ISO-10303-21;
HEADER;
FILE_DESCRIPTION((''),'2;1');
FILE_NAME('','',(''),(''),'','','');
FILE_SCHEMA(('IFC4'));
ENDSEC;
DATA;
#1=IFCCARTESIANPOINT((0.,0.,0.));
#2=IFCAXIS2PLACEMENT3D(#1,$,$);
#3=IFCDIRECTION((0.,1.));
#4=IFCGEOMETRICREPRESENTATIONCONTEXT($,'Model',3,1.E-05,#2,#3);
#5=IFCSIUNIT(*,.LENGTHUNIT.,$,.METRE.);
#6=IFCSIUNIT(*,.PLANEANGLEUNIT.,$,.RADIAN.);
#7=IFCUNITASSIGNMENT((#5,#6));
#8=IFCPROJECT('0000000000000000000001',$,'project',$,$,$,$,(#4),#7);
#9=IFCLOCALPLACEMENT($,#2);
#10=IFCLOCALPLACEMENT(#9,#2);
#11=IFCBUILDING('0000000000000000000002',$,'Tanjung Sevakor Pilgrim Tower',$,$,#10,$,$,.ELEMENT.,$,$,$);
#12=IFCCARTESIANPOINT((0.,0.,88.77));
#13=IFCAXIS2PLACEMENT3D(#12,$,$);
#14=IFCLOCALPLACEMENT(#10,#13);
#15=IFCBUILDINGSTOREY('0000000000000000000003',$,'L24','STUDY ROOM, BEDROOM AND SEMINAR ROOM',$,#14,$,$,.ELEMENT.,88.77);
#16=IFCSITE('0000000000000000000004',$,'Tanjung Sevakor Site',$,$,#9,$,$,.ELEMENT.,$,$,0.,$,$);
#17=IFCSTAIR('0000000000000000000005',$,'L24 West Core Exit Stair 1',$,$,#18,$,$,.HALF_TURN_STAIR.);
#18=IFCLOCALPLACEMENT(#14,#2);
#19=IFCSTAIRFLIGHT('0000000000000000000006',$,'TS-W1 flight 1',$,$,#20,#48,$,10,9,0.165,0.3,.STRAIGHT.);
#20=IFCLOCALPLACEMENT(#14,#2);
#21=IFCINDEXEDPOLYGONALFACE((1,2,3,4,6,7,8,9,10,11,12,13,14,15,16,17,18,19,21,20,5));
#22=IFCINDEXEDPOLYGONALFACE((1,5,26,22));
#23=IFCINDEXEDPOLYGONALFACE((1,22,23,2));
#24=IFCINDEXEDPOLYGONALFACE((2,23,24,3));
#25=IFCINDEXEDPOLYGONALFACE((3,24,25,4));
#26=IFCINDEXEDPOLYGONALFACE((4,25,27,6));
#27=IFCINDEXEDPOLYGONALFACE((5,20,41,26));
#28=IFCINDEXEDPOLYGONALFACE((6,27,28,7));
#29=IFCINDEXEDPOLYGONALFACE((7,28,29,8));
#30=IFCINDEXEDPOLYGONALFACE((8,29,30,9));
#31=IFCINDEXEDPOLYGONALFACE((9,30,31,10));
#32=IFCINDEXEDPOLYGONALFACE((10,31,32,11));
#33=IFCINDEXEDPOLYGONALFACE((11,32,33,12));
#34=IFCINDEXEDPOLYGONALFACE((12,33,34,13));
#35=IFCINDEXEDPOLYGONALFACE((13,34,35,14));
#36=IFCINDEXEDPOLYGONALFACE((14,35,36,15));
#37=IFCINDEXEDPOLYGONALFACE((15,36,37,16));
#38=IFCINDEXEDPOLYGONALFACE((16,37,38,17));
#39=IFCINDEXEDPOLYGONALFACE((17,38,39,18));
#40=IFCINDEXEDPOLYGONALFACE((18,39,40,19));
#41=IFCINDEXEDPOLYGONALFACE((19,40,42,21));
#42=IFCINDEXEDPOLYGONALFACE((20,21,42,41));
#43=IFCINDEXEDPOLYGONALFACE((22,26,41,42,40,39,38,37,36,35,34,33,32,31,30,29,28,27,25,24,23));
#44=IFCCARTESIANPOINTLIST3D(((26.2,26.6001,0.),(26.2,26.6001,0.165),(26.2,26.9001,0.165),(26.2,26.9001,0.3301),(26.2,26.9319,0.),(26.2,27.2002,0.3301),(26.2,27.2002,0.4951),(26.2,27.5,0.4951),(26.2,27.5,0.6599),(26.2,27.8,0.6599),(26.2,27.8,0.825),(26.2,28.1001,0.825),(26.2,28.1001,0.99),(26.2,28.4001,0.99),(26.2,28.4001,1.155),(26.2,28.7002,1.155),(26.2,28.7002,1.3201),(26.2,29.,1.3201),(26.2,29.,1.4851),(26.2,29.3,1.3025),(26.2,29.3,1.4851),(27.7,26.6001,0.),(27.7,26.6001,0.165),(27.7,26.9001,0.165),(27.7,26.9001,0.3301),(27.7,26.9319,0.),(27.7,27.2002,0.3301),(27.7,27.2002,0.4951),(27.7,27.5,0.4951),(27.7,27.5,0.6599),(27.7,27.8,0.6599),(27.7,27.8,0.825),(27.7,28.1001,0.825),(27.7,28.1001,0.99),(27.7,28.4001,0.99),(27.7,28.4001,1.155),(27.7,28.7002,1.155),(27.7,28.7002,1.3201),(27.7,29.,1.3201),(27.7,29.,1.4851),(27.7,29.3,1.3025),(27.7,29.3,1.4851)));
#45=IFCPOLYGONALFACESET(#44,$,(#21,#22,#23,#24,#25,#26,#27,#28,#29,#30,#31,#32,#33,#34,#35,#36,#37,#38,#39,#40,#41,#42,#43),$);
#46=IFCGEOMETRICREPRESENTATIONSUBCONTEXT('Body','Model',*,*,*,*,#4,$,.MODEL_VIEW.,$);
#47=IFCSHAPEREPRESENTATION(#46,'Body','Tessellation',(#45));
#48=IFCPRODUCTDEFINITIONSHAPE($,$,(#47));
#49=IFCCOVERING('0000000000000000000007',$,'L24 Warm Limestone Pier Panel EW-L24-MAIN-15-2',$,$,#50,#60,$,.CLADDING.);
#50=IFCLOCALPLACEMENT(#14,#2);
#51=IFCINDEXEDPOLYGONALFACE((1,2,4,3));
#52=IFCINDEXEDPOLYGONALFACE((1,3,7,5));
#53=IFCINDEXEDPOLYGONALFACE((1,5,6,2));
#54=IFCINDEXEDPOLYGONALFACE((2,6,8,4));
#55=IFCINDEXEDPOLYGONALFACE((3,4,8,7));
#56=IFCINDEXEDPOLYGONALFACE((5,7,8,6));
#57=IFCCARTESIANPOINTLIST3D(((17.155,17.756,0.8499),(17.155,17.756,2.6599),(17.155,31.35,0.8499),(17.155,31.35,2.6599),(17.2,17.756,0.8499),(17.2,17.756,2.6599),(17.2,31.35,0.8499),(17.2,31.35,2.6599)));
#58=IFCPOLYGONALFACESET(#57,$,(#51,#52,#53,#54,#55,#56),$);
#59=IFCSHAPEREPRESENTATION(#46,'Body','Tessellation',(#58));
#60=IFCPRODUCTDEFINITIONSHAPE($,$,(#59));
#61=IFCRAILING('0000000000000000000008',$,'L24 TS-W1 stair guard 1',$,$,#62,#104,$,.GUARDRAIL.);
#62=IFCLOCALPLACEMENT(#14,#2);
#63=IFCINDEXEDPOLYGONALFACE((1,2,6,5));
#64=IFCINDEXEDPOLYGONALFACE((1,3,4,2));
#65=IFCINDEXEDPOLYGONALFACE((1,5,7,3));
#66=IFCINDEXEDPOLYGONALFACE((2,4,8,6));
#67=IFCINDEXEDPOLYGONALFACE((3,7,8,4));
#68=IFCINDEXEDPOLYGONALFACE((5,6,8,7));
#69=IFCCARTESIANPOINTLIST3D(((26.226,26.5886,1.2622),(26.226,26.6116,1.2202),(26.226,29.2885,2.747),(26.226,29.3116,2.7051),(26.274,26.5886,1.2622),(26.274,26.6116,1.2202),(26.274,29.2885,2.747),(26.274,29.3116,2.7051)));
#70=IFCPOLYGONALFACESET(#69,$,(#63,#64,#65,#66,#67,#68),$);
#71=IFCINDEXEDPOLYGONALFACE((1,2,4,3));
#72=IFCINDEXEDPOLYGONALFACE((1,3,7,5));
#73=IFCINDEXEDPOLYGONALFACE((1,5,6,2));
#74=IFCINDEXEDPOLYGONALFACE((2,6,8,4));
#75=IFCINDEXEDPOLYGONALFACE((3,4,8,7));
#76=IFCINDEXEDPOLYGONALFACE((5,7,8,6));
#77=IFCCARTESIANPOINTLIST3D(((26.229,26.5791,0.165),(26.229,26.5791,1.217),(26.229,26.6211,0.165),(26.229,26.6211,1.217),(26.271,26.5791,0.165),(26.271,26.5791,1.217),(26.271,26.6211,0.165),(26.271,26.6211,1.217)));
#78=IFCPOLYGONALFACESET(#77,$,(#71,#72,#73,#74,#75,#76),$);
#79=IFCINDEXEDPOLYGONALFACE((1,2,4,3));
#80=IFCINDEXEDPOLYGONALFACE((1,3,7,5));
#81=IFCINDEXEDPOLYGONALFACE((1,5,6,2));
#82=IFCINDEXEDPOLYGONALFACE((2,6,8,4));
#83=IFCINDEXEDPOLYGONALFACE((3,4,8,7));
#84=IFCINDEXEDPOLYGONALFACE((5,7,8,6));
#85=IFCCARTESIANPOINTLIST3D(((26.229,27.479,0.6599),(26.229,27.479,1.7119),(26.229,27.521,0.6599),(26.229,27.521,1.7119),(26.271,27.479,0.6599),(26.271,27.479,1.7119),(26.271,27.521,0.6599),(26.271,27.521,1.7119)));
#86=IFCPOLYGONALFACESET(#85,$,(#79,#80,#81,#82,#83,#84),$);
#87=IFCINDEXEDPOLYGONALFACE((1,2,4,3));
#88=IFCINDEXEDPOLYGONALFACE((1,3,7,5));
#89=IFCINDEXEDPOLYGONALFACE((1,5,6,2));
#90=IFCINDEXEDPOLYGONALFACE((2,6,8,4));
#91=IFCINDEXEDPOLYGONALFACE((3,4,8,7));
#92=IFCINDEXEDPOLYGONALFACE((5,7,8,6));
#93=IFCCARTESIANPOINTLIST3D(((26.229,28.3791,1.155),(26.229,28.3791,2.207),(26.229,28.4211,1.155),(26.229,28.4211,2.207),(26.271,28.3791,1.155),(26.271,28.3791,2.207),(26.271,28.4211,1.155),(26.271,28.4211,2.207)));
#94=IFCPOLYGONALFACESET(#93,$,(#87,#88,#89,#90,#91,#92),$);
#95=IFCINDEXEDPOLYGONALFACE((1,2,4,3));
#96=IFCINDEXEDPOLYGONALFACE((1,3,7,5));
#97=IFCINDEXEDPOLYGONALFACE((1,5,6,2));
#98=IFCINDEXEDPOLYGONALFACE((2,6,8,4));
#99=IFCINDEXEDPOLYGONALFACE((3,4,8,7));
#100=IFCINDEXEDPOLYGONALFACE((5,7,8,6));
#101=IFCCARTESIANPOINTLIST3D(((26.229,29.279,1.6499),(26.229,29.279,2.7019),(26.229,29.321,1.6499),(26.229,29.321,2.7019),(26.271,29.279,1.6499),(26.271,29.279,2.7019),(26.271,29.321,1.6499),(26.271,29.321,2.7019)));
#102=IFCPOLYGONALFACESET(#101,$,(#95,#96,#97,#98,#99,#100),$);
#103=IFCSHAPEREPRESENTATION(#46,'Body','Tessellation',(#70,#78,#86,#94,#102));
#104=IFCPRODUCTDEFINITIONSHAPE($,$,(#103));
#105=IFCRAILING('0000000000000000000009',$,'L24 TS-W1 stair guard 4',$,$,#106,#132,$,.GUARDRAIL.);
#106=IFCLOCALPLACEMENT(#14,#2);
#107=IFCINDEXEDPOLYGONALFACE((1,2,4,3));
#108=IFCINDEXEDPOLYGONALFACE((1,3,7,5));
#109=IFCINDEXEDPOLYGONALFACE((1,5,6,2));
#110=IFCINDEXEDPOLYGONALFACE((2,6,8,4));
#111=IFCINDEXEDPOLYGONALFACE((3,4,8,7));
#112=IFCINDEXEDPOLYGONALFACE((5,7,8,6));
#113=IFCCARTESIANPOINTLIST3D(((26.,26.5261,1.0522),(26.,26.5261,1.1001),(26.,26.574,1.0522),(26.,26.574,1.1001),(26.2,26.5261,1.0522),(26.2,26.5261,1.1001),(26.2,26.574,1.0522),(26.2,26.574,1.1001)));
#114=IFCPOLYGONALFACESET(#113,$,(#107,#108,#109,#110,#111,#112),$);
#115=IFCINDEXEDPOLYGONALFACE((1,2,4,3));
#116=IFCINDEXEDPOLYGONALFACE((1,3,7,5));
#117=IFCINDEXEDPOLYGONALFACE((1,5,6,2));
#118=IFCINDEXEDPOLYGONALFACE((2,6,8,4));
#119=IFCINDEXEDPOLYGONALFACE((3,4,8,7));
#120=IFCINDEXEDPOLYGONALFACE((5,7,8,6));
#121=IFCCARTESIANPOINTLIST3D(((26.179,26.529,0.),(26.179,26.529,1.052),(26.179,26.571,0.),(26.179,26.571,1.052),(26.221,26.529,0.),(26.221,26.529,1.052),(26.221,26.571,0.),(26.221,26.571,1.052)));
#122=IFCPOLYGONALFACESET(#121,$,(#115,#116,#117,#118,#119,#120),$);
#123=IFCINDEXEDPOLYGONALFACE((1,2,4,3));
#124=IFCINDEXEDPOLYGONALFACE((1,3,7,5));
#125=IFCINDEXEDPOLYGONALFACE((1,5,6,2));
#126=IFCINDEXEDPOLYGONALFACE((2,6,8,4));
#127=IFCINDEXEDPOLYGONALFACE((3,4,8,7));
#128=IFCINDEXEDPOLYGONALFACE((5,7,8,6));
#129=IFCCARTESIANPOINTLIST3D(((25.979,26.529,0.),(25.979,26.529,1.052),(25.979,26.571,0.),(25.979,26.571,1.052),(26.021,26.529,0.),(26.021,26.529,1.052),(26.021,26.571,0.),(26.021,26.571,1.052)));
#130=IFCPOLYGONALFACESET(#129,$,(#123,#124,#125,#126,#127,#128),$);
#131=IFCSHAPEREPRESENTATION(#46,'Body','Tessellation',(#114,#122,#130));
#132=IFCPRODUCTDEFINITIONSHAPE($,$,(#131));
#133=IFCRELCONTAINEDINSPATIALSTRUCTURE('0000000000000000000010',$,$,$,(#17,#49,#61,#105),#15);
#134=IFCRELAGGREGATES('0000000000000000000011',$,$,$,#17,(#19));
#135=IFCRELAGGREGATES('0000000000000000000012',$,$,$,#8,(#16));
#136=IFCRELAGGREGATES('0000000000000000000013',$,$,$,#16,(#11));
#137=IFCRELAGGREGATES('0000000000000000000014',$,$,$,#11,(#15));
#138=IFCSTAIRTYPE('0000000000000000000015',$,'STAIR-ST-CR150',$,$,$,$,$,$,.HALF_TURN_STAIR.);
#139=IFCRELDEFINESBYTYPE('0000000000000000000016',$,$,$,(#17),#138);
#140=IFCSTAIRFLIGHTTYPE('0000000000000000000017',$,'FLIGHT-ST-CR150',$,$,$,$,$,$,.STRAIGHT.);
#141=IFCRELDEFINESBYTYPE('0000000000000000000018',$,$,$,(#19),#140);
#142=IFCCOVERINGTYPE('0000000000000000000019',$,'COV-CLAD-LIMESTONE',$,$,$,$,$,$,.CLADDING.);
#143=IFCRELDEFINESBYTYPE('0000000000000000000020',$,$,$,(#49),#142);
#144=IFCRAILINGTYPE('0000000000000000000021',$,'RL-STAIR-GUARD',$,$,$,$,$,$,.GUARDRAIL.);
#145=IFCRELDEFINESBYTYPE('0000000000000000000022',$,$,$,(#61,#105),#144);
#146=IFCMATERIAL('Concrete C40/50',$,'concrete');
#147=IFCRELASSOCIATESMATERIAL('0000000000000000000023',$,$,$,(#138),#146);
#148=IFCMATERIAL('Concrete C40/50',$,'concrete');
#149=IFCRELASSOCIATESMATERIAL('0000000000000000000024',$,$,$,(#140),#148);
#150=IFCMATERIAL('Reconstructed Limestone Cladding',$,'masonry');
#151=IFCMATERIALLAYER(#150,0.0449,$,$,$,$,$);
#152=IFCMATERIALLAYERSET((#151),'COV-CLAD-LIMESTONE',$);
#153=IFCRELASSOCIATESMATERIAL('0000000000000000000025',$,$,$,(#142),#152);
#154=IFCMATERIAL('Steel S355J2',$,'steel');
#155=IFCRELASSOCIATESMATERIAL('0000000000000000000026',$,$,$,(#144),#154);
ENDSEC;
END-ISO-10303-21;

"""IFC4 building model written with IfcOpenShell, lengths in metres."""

from ifc_helpers import new_model, si_unit, direction, frame, origin, origin_2d, place, context, subcontext, project, spatial, polyline, rectangle, outline, extrude, material, layer, layer_set, type_object, element, aggregate, save


model = new_model("IFC4")

# Units and contexts
model_context = context("Model", 3, precision=1e-05, world=origin(), true_north=direction((0.0, 1.0)))
body_context = subcontext(model_context, "Body", "Model", "MODEL_VIEW")
ifc_project = project(units=[si_unit("LENGTHUNIT", "METRE"), si_unit("PLANEANGLEUNIT", "RADIAN")], contexts=[model_context])

# Site, building, storey
site_placement = place(None, origin())
site = spatial("IfcSite", under=ifc_project, at=site_placement, Name="Tanjung Sevakor Site", CompositionType="ELEMENT", RefElevation=0.0)
building_placement = place(site_placement, origin())
building = spatial("IfcBuilding", under=site, at=building_placement, Name="Tanjung Sevakor Pilgrim Tower", CompositionType="ELEMENT")
storey_placement = place(building_placement, frame((0.0, 0.0, 88.77)))
storey = spatial("IfcBuildingStorey", under=building, at=storey_placement, Name="L24", Description="STUDY ROOM, BEDROOM AND SEMINAR ROOM", CompositionType="ELEMENT", Elevation=88.77)

# Stair, stair flight
ifc_material_1 = material(Name="Concrete C40/50", Category="concrete")
stair_type = type_object("IfcStairType", Name="STAIR-ST-CR150", PredefinedType="HALF_TURN_STAIR", material=ifc_material_1)
stair_placement = place(storey_placement, origin())
stair = element("IfcStair", 1, at=stair_placement, inside=storey, type_object=stair_type, Name="L24 West Core Exit Stair 1", PredefinedType="HALF_TURN_STAIR")
ifc_material_2 = material(Name="Concrete C40/50", Category="concrete")
stair_flight_type = type_object("IfcStairFlightType", Name="FLIGHT-ST-CR150", PredefinedType="STRAIGHT", material=ifc_material_2)
stair_flight_placement = place(storey_placement, frame((26.95, 26.6001, 0.0), z_axis=(0.0, 0.0, 1.0), x_axis=(0.0, 1.0, 0.0)))
stair_flight = element("IfcStairFlight", 2, at=stair_flight_placement, type_object=stair_flight_type, Name="TS-W1 flight 1", NumberOfRisers=10, NumberOfTreads=9, PredefinedType="STRAIGHT", RiserHeight=0.165, TreadLength=0.3, context=body_context, shape_type="SweptSolid", body=[
    extrude(outline(polyline([(0.0, 0.0), (0.0, 0.165), (0.3, 0.165), (0.3, 0.3301), (0.6001, 0.3301), (0.6001, 0.4951), (0.8999, 0.4951), (0.8999, 0.6599), (1.2, 0.6599), (1.2, 0.825), (1.5, 0.825), (1.5, 0.99), (1.8, 0.99), (1.8, 1.155), (2.1001, 1.155), (2.1001, 1.3201), (2.3999, 1.3201), (2.3999, 1.4851), (2.7, 1.4851), (2.7, 1.6499), (2.7, 1.3025), (0.3318, 0.0), (0.0, 0.0)])), frame((0.0, 0.75, 0.0), z_axis=(0.0, -1.0, 0.0), x_axis=(1.0, 0.0, 0.0)), (0.0, 0.0, 1.0), 1.5),
])
aggregate(stair, [stair_flight])

# Covering
ifc_material_3 = material(Name="Reconstructed Limestone Cladding", Category="masonry")
ifc_layer_1 = layer(ifc_material_3, 0.0449)
ifc_layer_set_1 = layer_set([ifc_layer_1], Name="COV-CLAD-LIMESTONE")
covering_type = type_object("IfcCoveringType", Name="COV-CLAD-LIMESTONE", PredefinedType="CLADDING", material=ifc_layer_set_1)
covering_placement = place(storey_placement, frame((17.1775, 24.553, 0.8499), z_axis=(0.0, 0.0, 1.0), x_axis=(0.0, -1.0, 0.0)))
element("IfcCovering", 3, at=covering_placement, inside=storey, type_object=covering_type, Name="L24 Warm Limestone Pier Panel EW-L24-MAIN-15-2", PredefinedType="CLADDING", context=body_context, shape_type="SweptSolid", body=[
    extrude(rectangle(XDim=13.594, YDim=0.0449, at=origin_2d()), origin(), (0.0, 0.0, 1.0), 1.8101),
])

# Railings
ifc_material_4 = material(Name="Steel S355J2", Category="steel")
railing_type = type_object("IfcRailingType", Name="RL-STAIR-GUARD", PredefinedType="GUARDRAIL", material=ifc_material_4)
railing_1_placement = place(storey_placement, frame((26.25, 26.6001, 0.165)))
element("IfcRailing", 4, at=railing_1_placement, inside=storey, type_object=railing_type, Name="L24 TS-W1 stair guard 1", PredefinedType="GUARDRAIL", context=body_context, shape_type="SweptSolid", body=[
    extrude(rectangle(XDim=0.0479, YDim=0.0479), frame((0.0, 0.0, 1.0762), z_axis=(0.0, 0.876231, 0.481891), x_axis=(-1.0, 0.0, 0.0)), (0.0, 0.0, 1.0), 3.0813),
    extrude(rectangle(XDim=0.042, YDim=0.042), origin(), (0.0, 0.0, 1.0), 1.052),
    extrude(rectangle(XDim=0.042, YDim=0.042), frame((0.0, 0.8999, 0.4949)), (0.0, 0.0, 1.0), 1.052),
    extrude(rectangle(XDim=0.042, YDim=0.042), frame((0.0, 1.8, 0.99)), (0.0, 0.0, 1.0), 1.052),
    extrude(rectangle(XDim=0.042, YDim=0.042), frame((0.0, 2.7, 1.4849)), (0.0, 0.0, 1.0), 1.052),
])
railing_2_placement = place(storey_placement, frame((26.2, 26.55, 0.0)))
element("IfcRailing", 5, at=railing_2_placement, inside=storey, type_object=railing_type, Name="L24 TS-W1 stair guard 4", PredefinedType="GUARDRAIL", context=body_context, shape_type="SweptSolid", body=[
    extrude(rectangle(XDim=0.0479, YDim=0.0479), frame((0.0, 0.0, 1.0762), z_axis=(-1.0, 0.0, 0.0), x_axis=(0.0, -1.0, 0.0)), (0.0, 0.0, 1.0), 0.2),
    extrude(rectangle(XDim=0.042, YDim=0.042), origin(), (0.0, 0.0, 1.0), 1.052),
    extrude(rectangle(XDim=0.042, YDim=0.042), frame((-0.2, 0.0, 0.0)), (0.0, 0.0, 1.0), 1.052),
])

save(model, "model.ifc")
